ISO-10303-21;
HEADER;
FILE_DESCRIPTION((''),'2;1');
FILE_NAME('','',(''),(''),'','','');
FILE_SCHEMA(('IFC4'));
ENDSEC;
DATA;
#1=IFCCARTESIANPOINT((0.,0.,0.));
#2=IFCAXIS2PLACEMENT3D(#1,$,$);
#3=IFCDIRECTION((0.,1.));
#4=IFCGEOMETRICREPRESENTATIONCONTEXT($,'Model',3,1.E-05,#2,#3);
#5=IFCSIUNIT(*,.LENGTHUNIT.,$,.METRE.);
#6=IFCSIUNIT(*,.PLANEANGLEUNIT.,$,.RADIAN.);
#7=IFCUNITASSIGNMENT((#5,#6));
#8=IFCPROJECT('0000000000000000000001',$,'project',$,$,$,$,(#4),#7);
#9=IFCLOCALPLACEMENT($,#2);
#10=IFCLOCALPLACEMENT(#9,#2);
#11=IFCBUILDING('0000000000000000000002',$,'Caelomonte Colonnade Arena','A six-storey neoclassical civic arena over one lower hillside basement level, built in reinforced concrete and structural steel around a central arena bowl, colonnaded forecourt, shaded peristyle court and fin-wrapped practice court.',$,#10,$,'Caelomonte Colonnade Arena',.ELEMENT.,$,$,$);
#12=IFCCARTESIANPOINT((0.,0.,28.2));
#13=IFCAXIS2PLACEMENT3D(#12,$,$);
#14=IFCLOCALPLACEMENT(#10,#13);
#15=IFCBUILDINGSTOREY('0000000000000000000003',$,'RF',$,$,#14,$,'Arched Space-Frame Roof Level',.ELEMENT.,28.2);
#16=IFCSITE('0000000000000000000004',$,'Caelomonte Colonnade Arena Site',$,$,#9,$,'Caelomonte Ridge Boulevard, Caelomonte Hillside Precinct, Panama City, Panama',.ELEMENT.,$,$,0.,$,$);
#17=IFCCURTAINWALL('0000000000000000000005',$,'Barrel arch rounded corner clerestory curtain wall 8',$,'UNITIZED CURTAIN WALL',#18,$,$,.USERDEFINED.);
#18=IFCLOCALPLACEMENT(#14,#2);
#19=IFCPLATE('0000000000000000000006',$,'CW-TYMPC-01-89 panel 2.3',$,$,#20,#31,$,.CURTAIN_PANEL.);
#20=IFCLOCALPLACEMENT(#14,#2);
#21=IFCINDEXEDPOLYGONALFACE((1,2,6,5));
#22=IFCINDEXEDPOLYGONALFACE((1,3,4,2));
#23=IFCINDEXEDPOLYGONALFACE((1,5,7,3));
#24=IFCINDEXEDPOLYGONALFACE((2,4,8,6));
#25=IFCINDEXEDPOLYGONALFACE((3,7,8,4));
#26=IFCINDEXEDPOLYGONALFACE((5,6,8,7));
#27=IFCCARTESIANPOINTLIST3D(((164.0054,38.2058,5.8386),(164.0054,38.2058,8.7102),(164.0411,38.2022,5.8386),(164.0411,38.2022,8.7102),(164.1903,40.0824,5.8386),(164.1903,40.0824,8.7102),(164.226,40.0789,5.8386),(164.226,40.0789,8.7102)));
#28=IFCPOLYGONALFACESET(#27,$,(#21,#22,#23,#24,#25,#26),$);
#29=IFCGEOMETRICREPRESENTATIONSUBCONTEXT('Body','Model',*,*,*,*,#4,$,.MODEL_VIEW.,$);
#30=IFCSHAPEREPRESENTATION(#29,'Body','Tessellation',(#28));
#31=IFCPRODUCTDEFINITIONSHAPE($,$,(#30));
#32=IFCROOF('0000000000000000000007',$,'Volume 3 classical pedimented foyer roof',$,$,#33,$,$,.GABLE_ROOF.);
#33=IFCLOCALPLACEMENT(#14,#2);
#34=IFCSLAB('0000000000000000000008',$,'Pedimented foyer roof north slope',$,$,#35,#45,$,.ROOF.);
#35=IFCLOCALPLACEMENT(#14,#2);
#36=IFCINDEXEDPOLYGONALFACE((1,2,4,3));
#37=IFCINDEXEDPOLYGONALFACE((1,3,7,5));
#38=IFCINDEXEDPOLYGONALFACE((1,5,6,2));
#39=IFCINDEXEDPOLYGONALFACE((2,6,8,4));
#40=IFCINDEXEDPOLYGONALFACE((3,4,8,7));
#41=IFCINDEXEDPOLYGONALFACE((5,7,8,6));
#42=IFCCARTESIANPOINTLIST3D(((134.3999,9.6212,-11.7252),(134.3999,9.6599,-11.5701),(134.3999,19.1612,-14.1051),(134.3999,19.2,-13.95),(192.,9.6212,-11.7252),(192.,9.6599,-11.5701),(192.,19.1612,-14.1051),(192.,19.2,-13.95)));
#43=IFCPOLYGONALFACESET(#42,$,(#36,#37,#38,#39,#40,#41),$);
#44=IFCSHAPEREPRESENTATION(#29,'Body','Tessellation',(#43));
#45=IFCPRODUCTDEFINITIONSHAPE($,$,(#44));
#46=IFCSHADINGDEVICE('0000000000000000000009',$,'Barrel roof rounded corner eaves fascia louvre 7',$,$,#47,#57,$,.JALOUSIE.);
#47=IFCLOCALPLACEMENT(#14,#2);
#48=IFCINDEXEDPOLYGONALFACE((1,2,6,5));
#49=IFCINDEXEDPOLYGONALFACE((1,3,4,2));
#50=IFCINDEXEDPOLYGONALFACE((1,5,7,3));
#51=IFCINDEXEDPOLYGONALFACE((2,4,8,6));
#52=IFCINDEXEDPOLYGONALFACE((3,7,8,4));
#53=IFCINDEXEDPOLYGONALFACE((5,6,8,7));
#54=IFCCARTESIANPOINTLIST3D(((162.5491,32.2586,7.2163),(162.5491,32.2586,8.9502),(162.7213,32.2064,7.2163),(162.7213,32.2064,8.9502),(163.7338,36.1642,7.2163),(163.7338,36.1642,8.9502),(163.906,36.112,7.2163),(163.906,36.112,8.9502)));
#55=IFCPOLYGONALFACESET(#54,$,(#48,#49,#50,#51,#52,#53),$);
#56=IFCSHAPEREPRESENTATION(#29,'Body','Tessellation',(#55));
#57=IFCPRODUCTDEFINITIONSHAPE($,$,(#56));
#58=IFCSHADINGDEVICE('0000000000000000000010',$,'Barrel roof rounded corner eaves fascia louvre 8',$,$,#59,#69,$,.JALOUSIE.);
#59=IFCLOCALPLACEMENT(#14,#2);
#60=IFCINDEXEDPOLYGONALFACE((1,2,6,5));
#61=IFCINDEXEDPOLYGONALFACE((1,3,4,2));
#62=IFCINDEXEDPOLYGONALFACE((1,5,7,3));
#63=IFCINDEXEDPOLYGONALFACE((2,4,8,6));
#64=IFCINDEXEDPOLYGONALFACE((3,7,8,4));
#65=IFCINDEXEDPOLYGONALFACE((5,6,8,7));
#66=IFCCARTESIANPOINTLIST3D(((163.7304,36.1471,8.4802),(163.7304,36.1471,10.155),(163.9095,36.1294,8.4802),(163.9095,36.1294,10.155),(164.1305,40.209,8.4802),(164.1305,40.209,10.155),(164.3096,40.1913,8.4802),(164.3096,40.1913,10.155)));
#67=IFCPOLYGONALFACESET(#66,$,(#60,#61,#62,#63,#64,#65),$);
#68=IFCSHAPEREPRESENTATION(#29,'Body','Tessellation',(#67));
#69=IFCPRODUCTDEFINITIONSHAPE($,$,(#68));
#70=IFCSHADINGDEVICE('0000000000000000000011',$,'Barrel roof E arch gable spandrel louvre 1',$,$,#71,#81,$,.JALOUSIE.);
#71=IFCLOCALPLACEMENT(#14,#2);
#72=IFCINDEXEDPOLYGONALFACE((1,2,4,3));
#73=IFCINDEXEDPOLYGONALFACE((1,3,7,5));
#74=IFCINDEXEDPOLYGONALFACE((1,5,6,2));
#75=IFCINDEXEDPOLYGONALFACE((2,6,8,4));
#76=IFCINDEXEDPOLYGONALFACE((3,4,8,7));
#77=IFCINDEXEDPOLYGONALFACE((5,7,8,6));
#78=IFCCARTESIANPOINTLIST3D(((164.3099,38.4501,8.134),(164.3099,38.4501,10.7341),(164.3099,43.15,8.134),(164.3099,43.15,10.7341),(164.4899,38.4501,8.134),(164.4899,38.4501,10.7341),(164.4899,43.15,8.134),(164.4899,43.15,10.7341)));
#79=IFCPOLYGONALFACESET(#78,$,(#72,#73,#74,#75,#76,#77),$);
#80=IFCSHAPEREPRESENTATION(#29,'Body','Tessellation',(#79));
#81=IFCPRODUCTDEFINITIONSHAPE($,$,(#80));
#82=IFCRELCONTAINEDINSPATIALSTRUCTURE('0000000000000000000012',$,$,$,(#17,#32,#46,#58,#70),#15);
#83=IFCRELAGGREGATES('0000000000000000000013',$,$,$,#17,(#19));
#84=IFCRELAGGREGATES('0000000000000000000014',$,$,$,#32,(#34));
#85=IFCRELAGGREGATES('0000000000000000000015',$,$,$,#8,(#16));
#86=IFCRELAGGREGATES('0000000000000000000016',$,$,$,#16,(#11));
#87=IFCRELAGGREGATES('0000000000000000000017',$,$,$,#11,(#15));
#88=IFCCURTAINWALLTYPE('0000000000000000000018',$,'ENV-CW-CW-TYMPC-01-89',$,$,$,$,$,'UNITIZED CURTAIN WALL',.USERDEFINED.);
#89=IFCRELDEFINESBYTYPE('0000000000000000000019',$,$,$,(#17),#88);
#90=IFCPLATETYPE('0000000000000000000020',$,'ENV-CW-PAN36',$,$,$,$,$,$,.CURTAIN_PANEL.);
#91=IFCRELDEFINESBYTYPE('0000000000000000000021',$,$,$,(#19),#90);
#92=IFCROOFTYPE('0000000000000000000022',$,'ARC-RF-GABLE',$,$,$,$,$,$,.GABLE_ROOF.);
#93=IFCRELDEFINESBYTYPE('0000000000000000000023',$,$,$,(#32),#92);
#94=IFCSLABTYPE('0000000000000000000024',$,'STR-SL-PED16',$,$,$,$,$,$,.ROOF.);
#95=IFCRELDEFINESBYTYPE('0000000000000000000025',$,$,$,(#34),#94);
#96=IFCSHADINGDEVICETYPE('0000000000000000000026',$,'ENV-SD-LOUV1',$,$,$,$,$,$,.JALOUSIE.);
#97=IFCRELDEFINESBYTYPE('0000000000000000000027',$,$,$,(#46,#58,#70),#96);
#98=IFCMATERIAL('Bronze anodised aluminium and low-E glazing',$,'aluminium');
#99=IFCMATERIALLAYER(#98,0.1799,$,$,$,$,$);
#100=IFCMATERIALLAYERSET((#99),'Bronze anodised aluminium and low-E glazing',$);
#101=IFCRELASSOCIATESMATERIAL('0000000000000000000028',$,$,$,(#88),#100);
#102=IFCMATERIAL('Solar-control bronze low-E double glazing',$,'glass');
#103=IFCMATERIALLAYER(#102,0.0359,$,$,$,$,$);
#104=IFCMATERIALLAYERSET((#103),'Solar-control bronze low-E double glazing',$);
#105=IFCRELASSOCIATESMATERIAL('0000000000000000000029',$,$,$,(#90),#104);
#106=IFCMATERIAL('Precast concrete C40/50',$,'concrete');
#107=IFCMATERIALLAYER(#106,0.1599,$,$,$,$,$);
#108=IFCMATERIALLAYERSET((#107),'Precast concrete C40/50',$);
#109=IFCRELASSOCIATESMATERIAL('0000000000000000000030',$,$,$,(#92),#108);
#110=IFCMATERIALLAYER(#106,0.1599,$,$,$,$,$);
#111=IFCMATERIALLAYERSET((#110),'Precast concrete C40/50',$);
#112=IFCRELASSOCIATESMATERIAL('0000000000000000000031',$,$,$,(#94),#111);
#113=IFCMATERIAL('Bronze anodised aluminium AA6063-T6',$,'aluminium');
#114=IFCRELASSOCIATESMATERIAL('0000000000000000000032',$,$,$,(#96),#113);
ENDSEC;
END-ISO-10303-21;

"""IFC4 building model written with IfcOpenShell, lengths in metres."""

from ifc_helpers import new_model, si_unit, direction, frame, origin, origin_2d, place, context, subcontext, project, spatial, polyline, rectangle, outline, extrude, material, layer, layer_set, type_object, element, aggregate, save


model = new_model("IFC4")

# Units and contexts
model_context = context("Model", 3, precision=1e-05, world=origin(), true_north=direction((0.0, 1.0)))
body_context = subcontext(model_context, "Body", "Model", "MODEL_VIEW")
ifc_project = project(units=[si_unit("LENGTHUNIT", "METRE"), si_unit("PLANEANGLEUNIT", "RADIAN")], contexts=[model_context])

# Site, building, storey
site_placement = place(None, origin())
site = spatial("IfcSite", under=ifc_project, at=site_placement, Name="Caelomonte Colonnade Arena Site", LongName="Caelomonte Ridge Boulevard, Caelomonte Hillside Precinct, Panama City, Panama", CompositionType="ELEMENT", RefElevation=0.0)
building_placement = place(site_placement, origin())
building = spatial("IfcBuilding", under=site, at=building_placement, Name="Caelomonte Colonnade Arena", Description="A six-storey neoclassical civic arena over one lower hillside basement level, built in reinforced concrete and structural steel around a central arena bowl, colonnaded forecourt, shaded peristyle court and fin-wrapped practice court.", LongName="Caelomonte Colonnade Arena", CompositionType="ELEMENT")
storey_placement = place(building_placement, frame((0.0, 0.0, 28.2)))
storey = spatial("IfcBuildingStorey", under=building, at=storey_placement, Name="RF", LongName="Arched Space-Frame Roof Level", CompositionType="ELEMENT", Elevation=28.2)

# Shared definitions
ifc_material_1 = material(Name="Bronze anodised aluminium and low-E glazing", Category="aluminium")
ifc_material_2 = material(Name="Bronze anodised aluminium AA6063-T6", Category="aluminium")

# Curtain wall
ifc_layer_1 = layer(ifc_material_1, 0.1799)
ifc_layer_set_1 = layer_set([ifc_layer_1], Name="Bronze anodised aluminium and low-E glazing")
curtain_wall_type_1 = type_object("IfcCurtainWallType", Name="ENV-CW-CW-TYMPC-01-89", ElementType="UNITIZED CURTAIN WALL", PredefinedType="USERDEFINED", material=ifc_layer_set_1)
curtain_wall_1_placement = place(storey_placement, origin())
curtain_wall_1 = element("IfcCurtainWall", 1, at=curtain_wall_1_placement, inside=storey, type_object=curtain_wall_type_1, Name="Barrel arch rounded corner clerestory curtain wall 8", ObjectType="UNITIZED CURTAIN WALL", PredefinedType="USERDEFINED")

# Plate
ifc_material_3 = material(Name="Solar-control bronze low-E double glazing", Category="glass")
ifc_layer_2 = layer(ifc_material_3, 0.0359)
ifc_layer_set_2 = layer_set([ifc_layer_2], Name="Solar-control bronze low-E double glazing")
plate_type = type_object("IfcPlateType", Name="ENV-CW-PAN36", PredefinedType="CURTAIN_PANEL", material=ifc_layer_set_2)
plate_1_placement = place(storey_placement, frame((164.1157, 39.1423, 5.8386), z_axis=(0.0, 0.0, 1.0), x_axis=(0.098031, 0.995183, 0.0)))
plate_1 = element("IfcPlate", 2, at=plate_1_placement, type_object=plate_type, Name="CW-TYMPC-01-89 panel 2.3", PredefinedType="CURTAIN_PANEL", context=body_context, shape_type="SweptSolid", body=[
    extrude(rectangle(XDim=1.8857, YDim=0.0359, at=origin_2d()), origin(), (0.0, 0.0, 1.0), 2.8716),
])
aggregate(curtain_wall_1, [plate_1])

# Roof, slab
ifc_material_4 = material(Name="Precast concrete C40/50", Category="concrete")
ifc_layer_3 = layer(ifc_material_4, 0.1599)
ifc_layer_set_3 = layer_set([ifc_layer_3], Name="Precast concrete C40/50")
roof_type = type_object("IfcRoofType", Name="ARC-RF-GABLE", PredefinedType="GABLE_ROOF", material=ifc_layer_set_3)
roof_placement = place(storey_placement, origin())
roof = element("IfcRoof", 3, at=roof_placement, inside=storey, type_object=roof_type, Name="Volume 3 classical pedimented foyer roof", PredefinedType="GABLE_ROOF")
ifc_layer_4 = layer(ifc_material_4, 0.1599)
ifc_layer_set_4 = layer_set([ifc_layer_4], Name="Precast concrete C40/50")
slab_type = type_object("IfcSlabType", Name="STR-SL-PED16", PredefinedType="ROOF", material=ifc_layer_set_4)
slab_placement = place(storey_placement, frame((192.0, 19.2, -13.95), z_axis=(0.0, 0.242045, 0.970265), x_axis=(-1.0, 0.0, 0.0)))
slab = element("IfcSlab", 4, at=slab_placement, type_object=slab_type, Name="Pedimented foyer roof north slope", PredefinedType="ROOF", context=body_context, shape_type="SweptSolid", body=[
    extrude(outline(polyline([(0.0, 0.0), (57.6001, 0.0), (57.6001, 9.8324), (0.0, 9.8324), (0.0, 0.0)])), origin(), (0.0, 0.0, -1.0), 0.1599),
])
aggregate(roof, [slab])

# Shading devices
shading_device_type = type_object("IfcShadingDeviceType", Name="ENV-SD-LOUV1", PredefinedType="JALOUSIE", material=ifc_material_2)
shading_device_1_placement = place(storey_placement, frame((163.2275, 34.1853, 7.2163), z_axis=(0.0, 0.0, 1.0), x_axis=(0.290266, 0.956946, 0.0)))
element("IfcShadingDevice", 5, at=shading_device_1_placement, inside=storey, type_object=shading_device_type, Name="Barrel roof rounded corner eaves fascia louvre 7", PredefinedType="JALOUSIE", context=body_context, shape_type="SweptSolid", body=[
    extrude(rectangle(XDim=4.0813, YDim=0.1799, at=origin_2d()), origin(), (0.0, 0.0, 1.0), 1.7339),
])
shading_device_2_placement = place(storey_placement, frame((164.02, 38.1692, 8.4802), z_axis=(0.0, 0.0, 1.0), x_axis=(0.098029, 0.995184, 0.0)))
element("IfcShadingDevice", 6, at=shading_device_2_placement, inside=storey, type_object=shading_device_type, Name="Barrel roof rounded corner eaves fascia louvre 8", PredefinedType="JALOUSIE", context=body_context, shape_type="SweptSolid", body=[
    extrude(rectangle(XDim=4.0815, YDim=0.1799, at=origin_2d()), origin(), (0.0, 0.0, 1.0), 1.6748),
])
shading_device_3_placement = place(storey_placement, frame((164.3999, 40.8, 8.134), z_axis=(0.0, 0.0, 1.0), x_axis=(1.0, 0.0, 0.0)))
element("IfcShadingDevice", 7, at=shading_device_3_placement, inside=storey, type_object=shading_device_type, Name="Barrel roof E arch gable spandrel louvre 1", PredefinedType="JALOUSIE", context=body_context, shape_type="SweptSolid", body=[
    extrude(rectangle(XDim=0.1799, YDim=4.7, at=origin_2d()), origin(), (0.0, 0.0, 1.0), 2.6001),
])

save(model, "model.ifc")
